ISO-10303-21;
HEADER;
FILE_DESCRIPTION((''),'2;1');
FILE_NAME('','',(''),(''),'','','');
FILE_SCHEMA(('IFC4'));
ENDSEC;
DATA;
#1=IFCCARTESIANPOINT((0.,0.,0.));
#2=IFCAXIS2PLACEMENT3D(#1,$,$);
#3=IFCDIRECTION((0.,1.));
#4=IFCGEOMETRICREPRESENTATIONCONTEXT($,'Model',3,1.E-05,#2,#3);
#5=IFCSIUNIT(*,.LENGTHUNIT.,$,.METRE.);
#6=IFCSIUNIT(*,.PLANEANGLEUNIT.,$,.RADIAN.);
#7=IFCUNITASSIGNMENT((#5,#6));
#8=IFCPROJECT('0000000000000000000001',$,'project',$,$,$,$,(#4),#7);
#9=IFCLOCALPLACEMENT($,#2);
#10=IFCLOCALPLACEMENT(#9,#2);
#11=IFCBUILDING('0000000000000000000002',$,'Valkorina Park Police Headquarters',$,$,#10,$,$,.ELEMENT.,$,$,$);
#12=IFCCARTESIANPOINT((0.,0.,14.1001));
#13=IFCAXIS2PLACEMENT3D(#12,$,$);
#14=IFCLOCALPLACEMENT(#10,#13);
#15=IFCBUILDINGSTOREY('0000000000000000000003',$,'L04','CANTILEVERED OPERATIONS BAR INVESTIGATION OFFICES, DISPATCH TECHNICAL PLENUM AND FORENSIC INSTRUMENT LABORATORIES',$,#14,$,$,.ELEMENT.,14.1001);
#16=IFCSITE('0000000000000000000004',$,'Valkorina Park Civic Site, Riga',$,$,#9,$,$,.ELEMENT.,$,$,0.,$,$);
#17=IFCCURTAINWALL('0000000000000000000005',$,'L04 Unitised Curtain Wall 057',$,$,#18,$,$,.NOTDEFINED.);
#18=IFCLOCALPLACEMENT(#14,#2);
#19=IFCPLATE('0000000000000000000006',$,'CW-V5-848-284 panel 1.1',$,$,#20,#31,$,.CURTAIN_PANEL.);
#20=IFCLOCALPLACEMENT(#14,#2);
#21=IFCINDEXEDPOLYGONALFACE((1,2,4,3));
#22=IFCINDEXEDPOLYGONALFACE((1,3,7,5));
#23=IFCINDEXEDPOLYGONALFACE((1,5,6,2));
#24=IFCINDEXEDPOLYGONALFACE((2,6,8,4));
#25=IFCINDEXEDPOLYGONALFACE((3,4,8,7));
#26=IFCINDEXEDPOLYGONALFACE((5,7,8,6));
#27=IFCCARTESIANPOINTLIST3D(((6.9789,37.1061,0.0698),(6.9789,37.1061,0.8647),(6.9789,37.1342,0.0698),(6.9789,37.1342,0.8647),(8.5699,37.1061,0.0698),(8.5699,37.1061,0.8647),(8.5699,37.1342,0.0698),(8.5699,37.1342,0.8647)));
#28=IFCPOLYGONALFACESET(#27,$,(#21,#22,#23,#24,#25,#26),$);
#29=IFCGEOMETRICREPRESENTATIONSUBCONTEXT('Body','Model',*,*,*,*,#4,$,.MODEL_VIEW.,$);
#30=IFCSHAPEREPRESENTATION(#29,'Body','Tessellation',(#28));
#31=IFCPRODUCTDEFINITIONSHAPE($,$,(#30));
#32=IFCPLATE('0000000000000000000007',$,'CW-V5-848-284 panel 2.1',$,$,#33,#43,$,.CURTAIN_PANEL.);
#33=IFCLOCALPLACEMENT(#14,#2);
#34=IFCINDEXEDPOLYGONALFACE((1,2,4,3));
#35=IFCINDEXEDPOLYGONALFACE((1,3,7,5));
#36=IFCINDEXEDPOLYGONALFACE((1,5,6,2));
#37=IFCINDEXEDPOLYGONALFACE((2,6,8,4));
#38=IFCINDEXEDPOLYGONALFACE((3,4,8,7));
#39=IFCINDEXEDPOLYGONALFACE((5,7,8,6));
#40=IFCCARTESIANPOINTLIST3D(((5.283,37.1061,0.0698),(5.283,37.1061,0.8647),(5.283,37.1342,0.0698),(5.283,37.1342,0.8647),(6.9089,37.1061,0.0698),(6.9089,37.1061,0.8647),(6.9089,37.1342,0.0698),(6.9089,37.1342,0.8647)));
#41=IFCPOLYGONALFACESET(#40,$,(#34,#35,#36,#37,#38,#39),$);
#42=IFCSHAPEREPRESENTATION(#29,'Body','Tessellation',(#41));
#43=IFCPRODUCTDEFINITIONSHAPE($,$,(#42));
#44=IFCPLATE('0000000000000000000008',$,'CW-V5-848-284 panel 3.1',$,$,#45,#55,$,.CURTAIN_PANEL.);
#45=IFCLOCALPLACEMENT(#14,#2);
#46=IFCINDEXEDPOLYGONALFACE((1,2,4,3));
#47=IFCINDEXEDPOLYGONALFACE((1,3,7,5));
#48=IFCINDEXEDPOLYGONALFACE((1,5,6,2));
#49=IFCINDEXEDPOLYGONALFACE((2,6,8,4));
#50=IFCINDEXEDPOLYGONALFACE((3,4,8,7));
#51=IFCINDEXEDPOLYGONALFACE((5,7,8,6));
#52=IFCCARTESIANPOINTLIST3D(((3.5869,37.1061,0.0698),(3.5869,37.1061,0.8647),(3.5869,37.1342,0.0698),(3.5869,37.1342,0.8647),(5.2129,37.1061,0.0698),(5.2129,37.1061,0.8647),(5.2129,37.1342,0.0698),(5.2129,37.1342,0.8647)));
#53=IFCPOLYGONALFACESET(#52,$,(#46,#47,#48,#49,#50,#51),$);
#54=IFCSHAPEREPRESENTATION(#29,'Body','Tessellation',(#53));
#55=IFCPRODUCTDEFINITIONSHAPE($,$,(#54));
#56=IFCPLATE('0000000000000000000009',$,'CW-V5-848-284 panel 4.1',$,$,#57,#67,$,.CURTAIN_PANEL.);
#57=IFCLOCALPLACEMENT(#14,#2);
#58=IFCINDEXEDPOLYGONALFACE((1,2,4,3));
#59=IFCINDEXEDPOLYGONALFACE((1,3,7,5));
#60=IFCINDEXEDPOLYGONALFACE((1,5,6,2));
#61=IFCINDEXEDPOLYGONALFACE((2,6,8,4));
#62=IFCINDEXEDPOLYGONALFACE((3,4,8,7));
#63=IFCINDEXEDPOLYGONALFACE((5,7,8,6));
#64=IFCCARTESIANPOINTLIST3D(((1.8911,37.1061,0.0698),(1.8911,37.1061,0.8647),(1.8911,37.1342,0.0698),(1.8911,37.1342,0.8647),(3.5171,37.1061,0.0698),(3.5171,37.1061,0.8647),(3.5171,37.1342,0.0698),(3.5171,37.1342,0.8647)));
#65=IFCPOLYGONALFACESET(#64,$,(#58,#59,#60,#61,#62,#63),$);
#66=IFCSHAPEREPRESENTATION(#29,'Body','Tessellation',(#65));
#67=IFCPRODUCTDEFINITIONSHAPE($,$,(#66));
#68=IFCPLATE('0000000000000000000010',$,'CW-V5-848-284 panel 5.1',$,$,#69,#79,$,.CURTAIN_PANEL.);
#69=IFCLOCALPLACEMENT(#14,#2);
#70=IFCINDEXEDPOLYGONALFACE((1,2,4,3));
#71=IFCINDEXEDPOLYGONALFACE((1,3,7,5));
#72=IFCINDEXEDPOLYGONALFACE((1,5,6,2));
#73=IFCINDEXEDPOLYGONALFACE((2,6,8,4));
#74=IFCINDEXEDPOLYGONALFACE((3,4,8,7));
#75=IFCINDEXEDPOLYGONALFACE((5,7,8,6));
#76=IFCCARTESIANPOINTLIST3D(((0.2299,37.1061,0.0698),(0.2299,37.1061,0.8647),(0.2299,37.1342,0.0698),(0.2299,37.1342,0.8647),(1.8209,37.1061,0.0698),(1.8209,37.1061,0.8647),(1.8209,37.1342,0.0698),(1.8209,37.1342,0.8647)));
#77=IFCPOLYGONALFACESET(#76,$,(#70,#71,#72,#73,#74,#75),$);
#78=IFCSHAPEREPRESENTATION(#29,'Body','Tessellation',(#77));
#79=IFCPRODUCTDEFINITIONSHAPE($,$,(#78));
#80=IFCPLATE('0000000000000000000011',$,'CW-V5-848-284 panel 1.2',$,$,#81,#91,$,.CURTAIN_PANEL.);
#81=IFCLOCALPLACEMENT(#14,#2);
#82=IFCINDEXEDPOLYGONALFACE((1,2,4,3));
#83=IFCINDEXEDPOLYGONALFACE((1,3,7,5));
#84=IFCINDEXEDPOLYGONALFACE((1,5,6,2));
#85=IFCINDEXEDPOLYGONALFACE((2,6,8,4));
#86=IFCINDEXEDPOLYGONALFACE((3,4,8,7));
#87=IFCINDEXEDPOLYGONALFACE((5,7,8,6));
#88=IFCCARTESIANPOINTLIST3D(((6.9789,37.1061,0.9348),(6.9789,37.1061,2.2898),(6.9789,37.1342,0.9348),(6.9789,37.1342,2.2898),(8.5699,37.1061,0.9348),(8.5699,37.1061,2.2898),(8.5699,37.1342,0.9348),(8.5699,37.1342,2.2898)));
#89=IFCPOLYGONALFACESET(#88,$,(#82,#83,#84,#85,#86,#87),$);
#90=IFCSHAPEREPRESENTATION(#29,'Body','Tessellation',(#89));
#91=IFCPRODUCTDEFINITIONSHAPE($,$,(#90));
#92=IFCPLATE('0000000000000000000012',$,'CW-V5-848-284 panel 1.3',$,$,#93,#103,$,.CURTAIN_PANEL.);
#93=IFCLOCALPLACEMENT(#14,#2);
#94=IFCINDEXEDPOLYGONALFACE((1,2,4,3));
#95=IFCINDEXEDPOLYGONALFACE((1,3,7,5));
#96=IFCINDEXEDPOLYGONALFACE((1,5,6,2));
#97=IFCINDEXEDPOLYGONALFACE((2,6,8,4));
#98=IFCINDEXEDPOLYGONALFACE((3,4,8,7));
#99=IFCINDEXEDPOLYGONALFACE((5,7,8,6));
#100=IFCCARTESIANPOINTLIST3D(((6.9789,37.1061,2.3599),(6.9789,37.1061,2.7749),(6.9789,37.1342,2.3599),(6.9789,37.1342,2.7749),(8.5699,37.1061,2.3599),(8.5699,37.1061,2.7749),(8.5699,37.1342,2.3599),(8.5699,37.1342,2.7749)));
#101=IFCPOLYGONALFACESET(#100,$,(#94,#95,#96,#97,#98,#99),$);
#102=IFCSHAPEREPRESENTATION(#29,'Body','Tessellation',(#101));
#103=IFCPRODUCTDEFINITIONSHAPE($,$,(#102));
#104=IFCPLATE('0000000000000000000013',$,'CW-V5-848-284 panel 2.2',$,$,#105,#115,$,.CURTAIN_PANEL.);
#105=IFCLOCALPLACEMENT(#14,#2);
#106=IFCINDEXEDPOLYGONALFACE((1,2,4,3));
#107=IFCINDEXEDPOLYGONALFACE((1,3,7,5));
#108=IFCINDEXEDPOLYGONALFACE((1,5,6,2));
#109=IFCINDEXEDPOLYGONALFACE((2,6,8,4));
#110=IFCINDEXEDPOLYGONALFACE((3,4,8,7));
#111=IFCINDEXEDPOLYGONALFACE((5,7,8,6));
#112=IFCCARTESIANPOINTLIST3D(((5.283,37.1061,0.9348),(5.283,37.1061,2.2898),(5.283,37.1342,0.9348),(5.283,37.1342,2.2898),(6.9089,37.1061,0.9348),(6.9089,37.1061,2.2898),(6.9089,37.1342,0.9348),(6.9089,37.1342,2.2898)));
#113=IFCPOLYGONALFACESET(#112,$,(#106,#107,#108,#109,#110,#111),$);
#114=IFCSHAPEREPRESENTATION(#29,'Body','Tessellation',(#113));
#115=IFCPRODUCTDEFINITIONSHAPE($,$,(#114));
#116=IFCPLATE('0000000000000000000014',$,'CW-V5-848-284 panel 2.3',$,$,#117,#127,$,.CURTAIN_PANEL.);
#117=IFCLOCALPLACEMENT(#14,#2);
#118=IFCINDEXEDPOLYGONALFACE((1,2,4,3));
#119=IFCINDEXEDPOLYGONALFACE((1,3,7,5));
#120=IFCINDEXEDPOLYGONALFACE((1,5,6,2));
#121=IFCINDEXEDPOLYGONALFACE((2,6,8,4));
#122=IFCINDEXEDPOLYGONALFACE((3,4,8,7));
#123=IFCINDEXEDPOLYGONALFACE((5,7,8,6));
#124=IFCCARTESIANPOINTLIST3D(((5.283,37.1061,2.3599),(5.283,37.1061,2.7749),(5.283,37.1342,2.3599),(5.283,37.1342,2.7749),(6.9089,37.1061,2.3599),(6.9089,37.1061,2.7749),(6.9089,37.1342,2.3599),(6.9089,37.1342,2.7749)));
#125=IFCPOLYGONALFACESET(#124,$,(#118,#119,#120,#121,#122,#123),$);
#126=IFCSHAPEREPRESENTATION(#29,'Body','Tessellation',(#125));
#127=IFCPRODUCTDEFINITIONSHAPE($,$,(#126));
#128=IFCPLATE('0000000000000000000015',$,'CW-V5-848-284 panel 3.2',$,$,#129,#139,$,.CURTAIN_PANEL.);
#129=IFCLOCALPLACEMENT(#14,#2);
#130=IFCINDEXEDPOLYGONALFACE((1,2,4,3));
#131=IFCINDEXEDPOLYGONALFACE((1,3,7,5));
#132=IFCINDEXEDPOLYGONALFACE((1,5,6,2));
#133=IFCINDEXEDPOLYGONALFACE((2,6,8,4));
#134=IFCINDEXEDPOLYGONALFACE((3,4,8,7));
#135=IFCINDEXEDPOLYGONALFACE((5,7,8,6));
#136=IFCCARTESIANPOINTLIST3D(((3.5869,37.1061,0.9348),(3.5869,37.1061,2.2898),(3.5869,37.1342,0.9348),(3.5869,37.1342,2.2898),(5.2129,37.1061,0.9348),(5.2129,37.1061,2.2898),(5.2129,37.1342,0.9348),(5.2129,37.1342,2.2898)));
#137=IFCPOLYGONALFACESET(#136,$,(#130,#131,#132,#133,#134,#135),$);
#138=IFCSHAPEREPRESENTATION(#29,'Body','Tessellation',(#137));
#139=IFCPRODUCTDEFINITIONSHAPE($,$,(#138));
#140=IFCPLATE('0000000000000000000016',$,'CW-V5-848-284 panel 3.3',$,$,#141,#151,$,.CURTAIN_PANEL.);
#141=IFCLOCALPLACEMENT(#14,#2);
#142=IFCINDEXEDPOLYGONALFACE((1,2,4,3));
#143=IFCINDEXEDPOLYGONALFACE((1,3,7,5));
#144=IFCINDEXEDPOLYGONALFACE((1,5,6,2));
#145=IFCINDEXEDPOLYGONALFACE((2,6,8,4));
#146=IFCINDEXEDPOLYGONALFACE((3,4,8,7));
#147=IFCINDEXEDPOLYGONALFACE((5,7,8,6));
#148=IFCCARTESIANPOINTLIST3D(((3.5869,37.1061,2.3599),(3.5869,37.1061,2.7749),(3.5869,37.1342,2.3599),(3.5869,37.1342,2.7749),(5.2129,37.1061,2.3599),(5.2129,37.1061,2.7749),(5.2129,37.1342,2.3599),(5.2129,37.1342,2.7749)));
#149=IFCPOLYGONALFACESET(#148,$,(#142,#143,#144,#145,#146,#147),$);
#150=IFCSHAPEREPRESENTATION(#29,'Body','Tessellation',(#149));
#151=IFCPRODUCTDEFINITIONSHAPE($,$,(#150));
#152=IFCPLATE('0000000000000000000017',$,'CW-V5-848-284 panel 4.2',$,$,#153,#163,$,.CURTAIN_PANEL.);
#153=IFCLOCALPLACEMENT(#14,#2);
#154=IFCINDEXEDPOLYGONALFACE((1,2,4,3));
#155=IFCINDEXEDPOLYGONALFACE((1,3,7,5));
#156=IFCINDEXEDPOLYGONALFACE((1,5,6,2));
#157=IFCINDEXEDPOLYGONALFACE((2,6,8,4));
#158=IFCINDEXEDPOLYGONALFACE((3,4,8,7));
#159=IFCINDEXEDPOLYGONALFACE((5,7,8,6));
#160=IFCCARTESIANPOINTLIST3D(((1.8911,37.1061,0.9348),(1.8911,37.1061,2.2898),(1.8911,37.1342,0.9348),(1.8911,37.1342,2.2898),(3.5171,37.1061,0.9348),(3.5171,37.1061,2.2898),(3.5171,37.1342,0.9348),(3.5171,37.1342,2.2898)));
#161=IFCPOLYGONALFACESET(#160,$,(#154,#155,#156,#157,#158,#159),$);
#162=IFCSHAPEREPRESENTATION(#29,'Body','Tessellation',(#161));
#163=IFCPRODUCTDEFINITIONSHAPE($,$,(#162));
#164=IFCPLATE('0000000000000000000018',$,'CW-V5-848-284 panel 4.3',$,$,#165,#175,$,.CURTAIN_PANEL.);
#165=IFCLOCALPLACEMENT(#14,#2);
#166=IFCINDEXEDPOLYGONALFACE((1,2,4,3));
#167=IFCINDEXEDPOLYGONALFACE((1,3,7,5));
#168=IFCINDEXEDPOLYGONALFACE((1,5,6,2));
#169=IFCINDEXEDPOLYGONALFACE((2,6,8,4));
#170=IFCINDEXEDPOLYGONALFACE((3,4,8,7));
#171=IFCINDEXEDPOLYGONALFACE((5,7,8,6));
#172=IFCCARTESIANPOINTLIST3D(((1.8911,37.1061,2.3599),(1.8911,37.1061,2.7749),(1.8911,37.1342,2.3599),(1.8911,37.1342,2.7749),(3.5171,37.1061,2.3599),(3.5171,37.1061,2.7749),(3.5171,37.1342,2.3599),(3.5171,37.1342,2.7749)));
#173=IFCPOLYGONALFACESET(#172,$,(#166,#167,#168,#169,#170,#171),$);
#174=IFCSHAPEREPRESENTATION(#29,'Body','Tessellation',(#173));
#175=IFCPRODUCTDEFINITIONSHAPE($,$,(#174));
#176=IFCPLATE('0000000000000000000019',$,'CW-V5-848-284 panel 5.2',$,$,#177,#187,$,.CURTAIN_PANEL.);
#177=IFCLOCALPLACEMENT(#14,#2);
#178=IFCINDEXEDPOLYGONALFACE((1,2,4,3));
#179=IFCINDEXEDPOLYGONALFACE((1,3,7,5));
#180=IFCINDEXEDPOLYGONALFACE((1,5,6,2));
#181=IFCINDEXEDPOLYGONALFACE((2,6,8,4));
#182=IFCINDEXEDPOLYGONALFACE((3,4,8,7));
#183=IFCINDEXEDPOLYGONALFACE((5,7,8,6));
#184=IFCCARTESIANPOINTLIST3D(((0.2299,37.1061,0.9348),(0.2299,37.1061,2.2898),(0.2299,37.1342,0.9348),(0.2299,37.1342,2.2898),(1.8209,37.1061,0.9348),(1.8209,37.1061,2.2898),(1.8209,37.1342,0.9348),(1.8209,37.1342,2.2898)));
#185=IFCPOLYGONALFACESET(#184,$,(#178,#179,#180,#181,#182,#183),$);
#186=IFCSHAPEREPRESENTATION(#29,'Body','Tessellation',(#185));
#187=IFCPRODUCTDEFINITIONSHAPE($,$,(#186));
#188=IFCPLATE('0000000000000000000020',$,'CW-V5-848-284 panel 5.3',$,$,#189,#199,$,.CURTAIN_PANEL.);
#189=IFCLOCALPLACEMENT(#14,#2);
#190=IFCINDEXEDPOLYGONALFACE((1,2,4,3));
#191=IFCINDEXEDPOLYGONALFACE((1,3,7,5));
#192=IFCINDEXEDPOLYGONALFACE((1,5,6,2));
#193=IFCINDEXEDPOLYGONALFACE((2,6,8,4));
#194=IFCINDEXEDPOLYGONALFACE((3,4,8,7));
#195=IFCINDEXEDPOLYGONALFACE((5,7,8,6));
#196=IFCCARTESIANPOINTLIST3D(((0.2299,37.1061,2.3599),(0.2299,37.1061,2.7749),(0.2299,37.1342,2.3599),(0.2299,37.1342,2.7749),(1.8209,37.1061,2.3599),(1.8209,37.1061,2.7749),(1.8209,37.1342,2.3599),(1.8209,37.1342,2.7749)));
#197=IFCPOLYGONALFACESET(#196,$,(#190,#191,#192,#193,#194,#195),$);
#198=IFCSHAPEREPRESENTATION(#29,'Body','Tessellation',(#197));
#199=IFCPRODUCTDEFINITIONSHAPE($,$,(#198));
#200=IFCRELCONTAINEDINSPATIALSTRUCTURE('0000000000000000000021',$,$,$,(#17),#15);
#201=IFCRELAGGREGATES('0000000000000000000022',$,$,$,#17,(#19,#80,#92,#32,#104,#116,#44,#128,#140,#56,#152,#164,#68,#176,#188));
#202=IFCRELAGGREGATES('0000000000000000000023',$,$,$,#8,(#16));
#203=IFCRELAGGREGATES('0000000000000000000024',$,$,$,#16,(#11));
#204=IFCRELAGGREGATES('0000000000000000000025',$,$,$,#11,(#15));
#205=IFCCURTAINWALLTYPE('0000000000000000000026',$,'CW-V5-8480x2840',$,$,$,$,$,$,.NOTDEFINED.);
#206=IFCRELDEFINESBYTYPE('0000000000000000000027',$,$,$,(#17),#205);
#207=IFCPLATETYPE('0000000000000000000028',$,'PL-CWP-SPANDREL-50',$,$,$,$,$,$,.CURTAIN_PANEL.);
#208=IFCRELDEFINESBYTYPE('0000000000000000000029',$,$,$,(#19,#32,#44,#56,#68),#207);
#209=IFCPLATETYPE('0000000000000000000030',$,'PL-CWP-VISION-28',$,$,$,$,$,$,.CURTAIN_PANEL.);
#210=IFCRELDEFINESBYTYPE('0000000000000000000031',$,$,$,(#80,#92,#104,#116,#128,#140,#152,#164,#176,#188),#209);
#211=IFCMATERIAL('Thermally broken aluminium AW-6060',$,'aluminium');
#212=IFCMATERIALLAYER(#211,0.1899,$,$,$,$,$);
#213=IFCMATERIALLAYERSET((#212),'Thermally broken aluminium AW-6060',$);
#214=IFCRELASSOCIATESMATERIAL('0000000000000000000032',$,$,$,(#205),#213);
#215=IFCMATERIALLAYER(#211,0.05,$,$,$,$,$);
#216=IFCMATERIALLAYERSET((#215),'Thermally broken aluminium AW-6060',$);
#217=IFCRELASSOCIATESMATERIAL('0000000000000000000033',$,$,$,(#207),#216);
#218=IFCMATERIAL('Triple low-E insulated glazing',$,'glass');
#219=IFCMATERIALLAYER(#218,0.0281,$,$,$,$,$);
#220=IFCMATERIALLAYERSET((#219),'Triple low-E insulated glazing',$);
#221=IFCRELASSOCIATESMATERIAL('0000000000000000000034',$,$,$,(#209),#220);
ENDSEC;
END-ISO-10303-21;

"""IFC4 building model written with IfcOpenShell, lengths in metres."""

from ifc_helpers import new_model, si_unit, direction, frame, origin, origin_2d, place, context, subcontext, project, spatial, rectangle, extrude, material, layer, layer_set, type_object, element, aggregate, save


model = new_model("IFC4")

# Units and contexts
model_context = context("Model", 3, precision=1e-05, world=origin(), true_north=direction((0.0, 1.0)))
body_context = subcontext(model_context, "Body", "Model", "MODEL_VIEW")
ifc_project = project(units=[si_unit("LENGTHUNIT", "METRE"), si_unit("PLANEANGLEUNIT", "RADIAN")], contexts=[model_context])

# Site, building, storey
site_placement = place(None, origin())
site = spatial("IfcSite", under=ifc_project, at=site_placement, Name="Valkorina Park Civic Site, Riga", CompositionType="ELEMENT", RefElevation=0.0)
building_placement = place(site_placement, origin())
building = spatial("IfcBuilding", under=site, at=building_placement, Name="Valkorina Park Police Headquarters", CompositionType="ELEMENT")
storey_placement = place(building_placement, frame((0.0, 0.0, 14.1001)))
storey = spatial("IfcBuildingStorey", under=building, at=storey_placement, Name="L04", Description="CANTILEVERED OPERATIONS BAR INVESTIGATION OFFICES, DISPATCH TECHNICAL PLENUM AND FORENSIC INSTRUMENT LABORATORIES", CompositionType="ELEMENT", Elevation=14.1001)

# Curtain wall, plates
ifc_material_1 = material(Name="Thermally broken aluminium AW-6060", Category="aluminium")
ifc_layer_1 = layer(ifc_material_1, 0.1899)
ifc_layer_set_1 = layer_set([ifc_layer_1], Name="Thermally broken aluminium AW-6060")
curtain_wall_type = type_object("IfcCurtainWallType", Name="CW-V5-8480x2840", PredefinedType="NOTDEFINED", material=ifc_layer_set_1)
curtain_wall_placement = place(storey_placement, origin())
curtain_wall = element("IfcCurtainWall", 1, at=curtain_wall_placement, inside=storey, type_object=curtain_wall_type, Name="L04 Unitised Curtain Wall 057", PredefinedType="NOTDEFINED")
ifc_layer_2 = layer(ifc_material_1, 0.05)
ifc_layer_set_2 = layer_set([ifc_layer_2], Name="Thermally broken aluminium AW-6060")
plate_type_1 = type_object("IfcPlateType", Name="PL-CWP-SPANDREL-50", PredefinedType="CURTAIN_PANEL", material=ifc_layer_set_2)
plate_1_placement = place(storey_placement, frame((7.7744, 37.1201, 0.0698), z_axis=(0.0, 0.0, 1.0), x_axis=(-1.0, 0.0, 0.0)))
plate_1 = element("IfcPlate", 2, at=plate_1_placement, type_object=plate_type_1, Name="CW-V5-848-284 panel 1.1", PredefinedType="CURTAIN_PANEL", context=body_context, shape_type="SweptSolid", body=[
    extrude(rectangle(XDim=1.5911, YDim=0.0281, at=origin_2d()), origin(), (0.0, 0.0, 1.0), 0.7949),
])
plate_2_placement = place(storey_placement, frame((6.0959, 37.1201, 0.0698), z_axis=(0.0, 0.0, 1.0), x_axis=(-1.0, 0.0, 0.0)))
plate_2 = element("IfcPlate", 3, at=plate_2_placement, type_object=plate_type_1, Name="CW-V5-848-284 panel 2.1", PredefinedType="CURTAIN_PANEL", context=body_context, shape_type="SweptSolid", body=[
    extrude(rectangle(XDim=1.626, YDim=0.0281, at=origin_2d()), origin(), (0.0, 0.0, 1.0), 0.7949),
])
plate_3_placement = place(storey_placement, frame((4.3999, 37.1201, 0.0698), z_axis=(0.0, 0.0, 1.0), x_axis=(-1.0, 0.0, 0.0)))
plate_3 = element("IfcPlate", 4, at=plate_3_placement, type_object=plate_type_1, Name="CW-V5-848-284 panel 3.1", PredefinedType="CURTAIN_PANEL", context=body_context, shape_type="SweptSolid", body=[
    extrude(rectangle(XDim=1.626, YDim=0.0281, at=origin_2d()), origin(), (0.0, 0.0, 1.0), 0.7949),
])
plate_4_placement = place(storey_placement, frame((2.7041, 37.1201, 0.0698), z_axis=(0.0, 0.0, 1.0), x_axis=(-1.0, 0.0, 0.0)))
plate_4 = element("IfcPlate", 5, at=plate_4_placement, type_object=plate_type_1, Name="CW-V5-848-284 panel 4.1", PredefinedType="CURTAIN_PANEL", context=body_context, shape_type="SweptSolid", body=[
    extrude(rectangle(XDim=1.626, YDim=0.0281, at=origin_2d()), origin(), (0.0, 0.0, 1.0), 0.7949),
])
plate_5_placement = place(storey_placement, frame((1.0254, 37.1201, 0.0698), z_axis=(0.0, 0.0, 1.0), x_axis=(-1.0, 0.0, 0.0)))
plate_5 = element("IfcPlate", 6, at=plate_5_placement, type_object=plate_type_1, Name="CW-V5-848-284 panel 5.1", PredefinedType="CURTAIN_PANEL", context=body_context, shape_type="SweptSolid", body=[
    extrude(rectangle(XDim=1.5911, YDim=0.0281, at=origin_2d()), origin(), (0.0, 0.0, 1.0), 0.7949),
])
ifc_material_2 = material(Name="Triple low-E insulated glazing", Category="glass")
ifc_layer_3 = layer(ifc_material_2, 0.0281)
ifc_layer_set_3 = layer_set([ifc_layer_3], Name="Triple low-E insulated glazing")
plate_type_2 = type_object("IfcPlateType", Name="PL-CWP-VISION-28", PredefinedType="CURTAIN_PANEL", material=ifc_layer_set_3)
plate_6_placement = place(storey_placement, frame((7.7744, 37.1201, 0.9348), z_axis=(0.0, 0.0, 1.0), x_axis=(-1.0, 0.0, 0.0)))
plate_6 = element("IfcPlate", 7, at=plate_6_placement, type_object=plate_type_2, Name="CW-V5-848-284 panel 1.2", PredefinedType="CURTAIN_PANEL", context=body_context, shape_type="SweptSolid", body=[
    extrude(rectangle(XDim=1.5911, YDim=0.0281, at=origin_2d()), origin(), (0.0, 0.0, 1.0), 1.355),
])
plate_7_placement = place(storey_placement, frame((7.7744, 37.1201, 2.3599), z_axis=(0.0, 0.0, 1.0), x_axis=(-1.0, 0.0, 0.0)))
plate_7 = element("IfcPlate", 8, at=plate_7_placement, type_object=plate_type_2, Name="CW-V5-848-284 panel 1.3", PredefinedType="CURTAIN_PANEL", context=body_context, shape_type="SweptSolid", body=[
    extrude(rectangle(XDim=1.5911, YDim=0.0281, at=origin_2d()), origin(), (0.0, 0.0, 1.0), 0.415),
])
plate_8_placement = place(storey_placement, frame((6.0959, 37.1201, 0.9348), z_axis=(0.0, 0.0, 1.0), x_axis=(-1.0, 0.0, 0.0)))
plate_8 = element("IfcPlate", 9, at=plate_8_placement, type_object=plate_type_2, Name="CW-V5-848-284 panel 2.2", PredefinedType="CURTAIN_PANEL", context=body_context, shape_type="SweptSolid", body=[
    extrude(rectangle(XDim=1.626, YDim=0.0281, at=origin_2d()), origin(), (0.0, 0.0, 1.0), 1.355),
])
plate_9_placement = place(storey_placement, frame((6.0959, 37.1201, 2.3599), z_axis=(0.0, 0.0, 1.0), x_axis=(-1.0, 0.0, 0.0)))
plate_9 = element("IfcPlate", 10, at=plate_9_placement, type_object=plate_type_2, Name="CW-V5-848-284 panel 2.3", PredefinedType="CURTAIN_PANEL", context=body_context, shape_type="SweptSolid", body=[
    extrude(rectangle(XDim=1.626, YDim=0.0281, at=origin_2d()), origin(), (0.0, 0.0, 1.0), 0.415),
])
plate_10_placement = place(storey_placement, frame((4.3999, 37.1201, 0.9348), z_axis=(0.0, 0.0, 1.0), x_axis=(-1.0, 0.0, 0.0)))
plate_10 = element("IfcPlate", 11, at=plate_10_placement, type_object=plate_type_2, Name="CW-V5-848-284 panel 3.2", PredefinedType="CURTAIN_PANEL", context=body_context, shape_type="SweptSolid", body=[
    extrude(rectangle(XDim=1.626, YDim=0.0281, at=origin_2d()), origin(), (0.0, 0.0, 1.0), 1.355),
])
plate_11_placement = place(storey_placement, frame((4.3999, 37.1201, 2.3599), z_axis=(0.0, 0.0, 1.0), x_axis=(-1.0, 0.0, 0.0)))
plate_11 = element("IfcPlate", 12, at=plate_11_placement, type_object=plate_type_2, Name="CW-V5-848-284 panel 3.3", PredefinedType="CURTAIN_PANEL", context=body_context, shape_type="SweptSolid", body=[
    extrude(rectangle(XDim=1.626, YDim=0.0281, at=origin_2d()), origin(), (0.0, 0.0, 1.0), 0.415),
])
plate_12_placement = place(storey_placement, frame((2.7041, 37.1201, 0.9348), z_axis=(0.0, 0.0, 1.0), x_axis=(-1.0, 0.0, 0.0)))
plate_12 = element("IfcPlate", 13, at=plate_12_placement, type_object=plate_type_2, Name="CW-V5-848-284 panel 4.2", PredefinedType="CURTAIN_PANEL", context=body_context, shape_type="SweptSolid", body=[
    extrude(rectangle(XDim=1.626, YDim=0.0281, at=origin_2d()), origin(), (0.0, 0.0, 1.0), 1.355),
])
plate_13_placement = place(storey_placement, frame((2.7041, 37.1201, 2.3599), z_axis=(0.0, 0.0, 1.0), x_axis=(-1.0, 0.0, 0.0)))
plate_13 = element("IfcPlate", 14, at=plate_13_placement, type_object=plate_type_2, Name="CW-V5-848-284 panel 4.3", PredefinedType="CURTAIN_PANEL", context=body_context, shape_type="SweptSolid", body=[
    extrude(rectangle(XDim=1.626, YDim=0.0281, at=origin_2d()), origin(), (0.0, 0.0, 1.0), 0.415),
])
plate_14_placement = place(storey_placement, frame((1.0254, 37.1201, 0.9348), z_axis=(0.0, 0.0, 1.0), x_axis=(-1.0, 0.0, 0.0)))
plate_14 = element("IfcPlate", 15, at=plate_14_placement, type_object=plate_type_2, Name="CW-V5-848-284 panel 5.2", PredefinedType="CURTAIN_PANEL", context=body_context, shape_type="SweptSolid", body=[
    extrude(rectangle(XDim=1.5911, YDim=0.0281, at=origin_2d()), origin(), (0.0, 0.0, 1.0), 1.355),
])
plate_15_placement = place(storey_placement, frame((1.0254, 37.1201, 2.3599), z_axis=(0.0, 0.0, 1.0), x_axis=(-1.0, 0.0, 0.0)))
plate_15 = element("IfcPlate", 16, at=plate_15_placement, type_object=plate_type_2, Name="CW-V5-848-284 panel 5.3", PredefinedType="CURTAIN_PANEL", context=body_context, shape_type="SweptSolid", body=[
    extrude(rectangle(XDim=1.5911, YDim=0.0281, at=origin_2d()), origin(), (0.0, 0.0, 1.0), 0.415),
])
aggregate(curtain_wall, [plate_1, plate_6, plate_7, plate_2, plate_8, plate_9, plate_3, plate_10, plate_11, plate_4, plate_12, plate_13, plate_5, plate_14, plate_15])

save(model, "model.ifc")
